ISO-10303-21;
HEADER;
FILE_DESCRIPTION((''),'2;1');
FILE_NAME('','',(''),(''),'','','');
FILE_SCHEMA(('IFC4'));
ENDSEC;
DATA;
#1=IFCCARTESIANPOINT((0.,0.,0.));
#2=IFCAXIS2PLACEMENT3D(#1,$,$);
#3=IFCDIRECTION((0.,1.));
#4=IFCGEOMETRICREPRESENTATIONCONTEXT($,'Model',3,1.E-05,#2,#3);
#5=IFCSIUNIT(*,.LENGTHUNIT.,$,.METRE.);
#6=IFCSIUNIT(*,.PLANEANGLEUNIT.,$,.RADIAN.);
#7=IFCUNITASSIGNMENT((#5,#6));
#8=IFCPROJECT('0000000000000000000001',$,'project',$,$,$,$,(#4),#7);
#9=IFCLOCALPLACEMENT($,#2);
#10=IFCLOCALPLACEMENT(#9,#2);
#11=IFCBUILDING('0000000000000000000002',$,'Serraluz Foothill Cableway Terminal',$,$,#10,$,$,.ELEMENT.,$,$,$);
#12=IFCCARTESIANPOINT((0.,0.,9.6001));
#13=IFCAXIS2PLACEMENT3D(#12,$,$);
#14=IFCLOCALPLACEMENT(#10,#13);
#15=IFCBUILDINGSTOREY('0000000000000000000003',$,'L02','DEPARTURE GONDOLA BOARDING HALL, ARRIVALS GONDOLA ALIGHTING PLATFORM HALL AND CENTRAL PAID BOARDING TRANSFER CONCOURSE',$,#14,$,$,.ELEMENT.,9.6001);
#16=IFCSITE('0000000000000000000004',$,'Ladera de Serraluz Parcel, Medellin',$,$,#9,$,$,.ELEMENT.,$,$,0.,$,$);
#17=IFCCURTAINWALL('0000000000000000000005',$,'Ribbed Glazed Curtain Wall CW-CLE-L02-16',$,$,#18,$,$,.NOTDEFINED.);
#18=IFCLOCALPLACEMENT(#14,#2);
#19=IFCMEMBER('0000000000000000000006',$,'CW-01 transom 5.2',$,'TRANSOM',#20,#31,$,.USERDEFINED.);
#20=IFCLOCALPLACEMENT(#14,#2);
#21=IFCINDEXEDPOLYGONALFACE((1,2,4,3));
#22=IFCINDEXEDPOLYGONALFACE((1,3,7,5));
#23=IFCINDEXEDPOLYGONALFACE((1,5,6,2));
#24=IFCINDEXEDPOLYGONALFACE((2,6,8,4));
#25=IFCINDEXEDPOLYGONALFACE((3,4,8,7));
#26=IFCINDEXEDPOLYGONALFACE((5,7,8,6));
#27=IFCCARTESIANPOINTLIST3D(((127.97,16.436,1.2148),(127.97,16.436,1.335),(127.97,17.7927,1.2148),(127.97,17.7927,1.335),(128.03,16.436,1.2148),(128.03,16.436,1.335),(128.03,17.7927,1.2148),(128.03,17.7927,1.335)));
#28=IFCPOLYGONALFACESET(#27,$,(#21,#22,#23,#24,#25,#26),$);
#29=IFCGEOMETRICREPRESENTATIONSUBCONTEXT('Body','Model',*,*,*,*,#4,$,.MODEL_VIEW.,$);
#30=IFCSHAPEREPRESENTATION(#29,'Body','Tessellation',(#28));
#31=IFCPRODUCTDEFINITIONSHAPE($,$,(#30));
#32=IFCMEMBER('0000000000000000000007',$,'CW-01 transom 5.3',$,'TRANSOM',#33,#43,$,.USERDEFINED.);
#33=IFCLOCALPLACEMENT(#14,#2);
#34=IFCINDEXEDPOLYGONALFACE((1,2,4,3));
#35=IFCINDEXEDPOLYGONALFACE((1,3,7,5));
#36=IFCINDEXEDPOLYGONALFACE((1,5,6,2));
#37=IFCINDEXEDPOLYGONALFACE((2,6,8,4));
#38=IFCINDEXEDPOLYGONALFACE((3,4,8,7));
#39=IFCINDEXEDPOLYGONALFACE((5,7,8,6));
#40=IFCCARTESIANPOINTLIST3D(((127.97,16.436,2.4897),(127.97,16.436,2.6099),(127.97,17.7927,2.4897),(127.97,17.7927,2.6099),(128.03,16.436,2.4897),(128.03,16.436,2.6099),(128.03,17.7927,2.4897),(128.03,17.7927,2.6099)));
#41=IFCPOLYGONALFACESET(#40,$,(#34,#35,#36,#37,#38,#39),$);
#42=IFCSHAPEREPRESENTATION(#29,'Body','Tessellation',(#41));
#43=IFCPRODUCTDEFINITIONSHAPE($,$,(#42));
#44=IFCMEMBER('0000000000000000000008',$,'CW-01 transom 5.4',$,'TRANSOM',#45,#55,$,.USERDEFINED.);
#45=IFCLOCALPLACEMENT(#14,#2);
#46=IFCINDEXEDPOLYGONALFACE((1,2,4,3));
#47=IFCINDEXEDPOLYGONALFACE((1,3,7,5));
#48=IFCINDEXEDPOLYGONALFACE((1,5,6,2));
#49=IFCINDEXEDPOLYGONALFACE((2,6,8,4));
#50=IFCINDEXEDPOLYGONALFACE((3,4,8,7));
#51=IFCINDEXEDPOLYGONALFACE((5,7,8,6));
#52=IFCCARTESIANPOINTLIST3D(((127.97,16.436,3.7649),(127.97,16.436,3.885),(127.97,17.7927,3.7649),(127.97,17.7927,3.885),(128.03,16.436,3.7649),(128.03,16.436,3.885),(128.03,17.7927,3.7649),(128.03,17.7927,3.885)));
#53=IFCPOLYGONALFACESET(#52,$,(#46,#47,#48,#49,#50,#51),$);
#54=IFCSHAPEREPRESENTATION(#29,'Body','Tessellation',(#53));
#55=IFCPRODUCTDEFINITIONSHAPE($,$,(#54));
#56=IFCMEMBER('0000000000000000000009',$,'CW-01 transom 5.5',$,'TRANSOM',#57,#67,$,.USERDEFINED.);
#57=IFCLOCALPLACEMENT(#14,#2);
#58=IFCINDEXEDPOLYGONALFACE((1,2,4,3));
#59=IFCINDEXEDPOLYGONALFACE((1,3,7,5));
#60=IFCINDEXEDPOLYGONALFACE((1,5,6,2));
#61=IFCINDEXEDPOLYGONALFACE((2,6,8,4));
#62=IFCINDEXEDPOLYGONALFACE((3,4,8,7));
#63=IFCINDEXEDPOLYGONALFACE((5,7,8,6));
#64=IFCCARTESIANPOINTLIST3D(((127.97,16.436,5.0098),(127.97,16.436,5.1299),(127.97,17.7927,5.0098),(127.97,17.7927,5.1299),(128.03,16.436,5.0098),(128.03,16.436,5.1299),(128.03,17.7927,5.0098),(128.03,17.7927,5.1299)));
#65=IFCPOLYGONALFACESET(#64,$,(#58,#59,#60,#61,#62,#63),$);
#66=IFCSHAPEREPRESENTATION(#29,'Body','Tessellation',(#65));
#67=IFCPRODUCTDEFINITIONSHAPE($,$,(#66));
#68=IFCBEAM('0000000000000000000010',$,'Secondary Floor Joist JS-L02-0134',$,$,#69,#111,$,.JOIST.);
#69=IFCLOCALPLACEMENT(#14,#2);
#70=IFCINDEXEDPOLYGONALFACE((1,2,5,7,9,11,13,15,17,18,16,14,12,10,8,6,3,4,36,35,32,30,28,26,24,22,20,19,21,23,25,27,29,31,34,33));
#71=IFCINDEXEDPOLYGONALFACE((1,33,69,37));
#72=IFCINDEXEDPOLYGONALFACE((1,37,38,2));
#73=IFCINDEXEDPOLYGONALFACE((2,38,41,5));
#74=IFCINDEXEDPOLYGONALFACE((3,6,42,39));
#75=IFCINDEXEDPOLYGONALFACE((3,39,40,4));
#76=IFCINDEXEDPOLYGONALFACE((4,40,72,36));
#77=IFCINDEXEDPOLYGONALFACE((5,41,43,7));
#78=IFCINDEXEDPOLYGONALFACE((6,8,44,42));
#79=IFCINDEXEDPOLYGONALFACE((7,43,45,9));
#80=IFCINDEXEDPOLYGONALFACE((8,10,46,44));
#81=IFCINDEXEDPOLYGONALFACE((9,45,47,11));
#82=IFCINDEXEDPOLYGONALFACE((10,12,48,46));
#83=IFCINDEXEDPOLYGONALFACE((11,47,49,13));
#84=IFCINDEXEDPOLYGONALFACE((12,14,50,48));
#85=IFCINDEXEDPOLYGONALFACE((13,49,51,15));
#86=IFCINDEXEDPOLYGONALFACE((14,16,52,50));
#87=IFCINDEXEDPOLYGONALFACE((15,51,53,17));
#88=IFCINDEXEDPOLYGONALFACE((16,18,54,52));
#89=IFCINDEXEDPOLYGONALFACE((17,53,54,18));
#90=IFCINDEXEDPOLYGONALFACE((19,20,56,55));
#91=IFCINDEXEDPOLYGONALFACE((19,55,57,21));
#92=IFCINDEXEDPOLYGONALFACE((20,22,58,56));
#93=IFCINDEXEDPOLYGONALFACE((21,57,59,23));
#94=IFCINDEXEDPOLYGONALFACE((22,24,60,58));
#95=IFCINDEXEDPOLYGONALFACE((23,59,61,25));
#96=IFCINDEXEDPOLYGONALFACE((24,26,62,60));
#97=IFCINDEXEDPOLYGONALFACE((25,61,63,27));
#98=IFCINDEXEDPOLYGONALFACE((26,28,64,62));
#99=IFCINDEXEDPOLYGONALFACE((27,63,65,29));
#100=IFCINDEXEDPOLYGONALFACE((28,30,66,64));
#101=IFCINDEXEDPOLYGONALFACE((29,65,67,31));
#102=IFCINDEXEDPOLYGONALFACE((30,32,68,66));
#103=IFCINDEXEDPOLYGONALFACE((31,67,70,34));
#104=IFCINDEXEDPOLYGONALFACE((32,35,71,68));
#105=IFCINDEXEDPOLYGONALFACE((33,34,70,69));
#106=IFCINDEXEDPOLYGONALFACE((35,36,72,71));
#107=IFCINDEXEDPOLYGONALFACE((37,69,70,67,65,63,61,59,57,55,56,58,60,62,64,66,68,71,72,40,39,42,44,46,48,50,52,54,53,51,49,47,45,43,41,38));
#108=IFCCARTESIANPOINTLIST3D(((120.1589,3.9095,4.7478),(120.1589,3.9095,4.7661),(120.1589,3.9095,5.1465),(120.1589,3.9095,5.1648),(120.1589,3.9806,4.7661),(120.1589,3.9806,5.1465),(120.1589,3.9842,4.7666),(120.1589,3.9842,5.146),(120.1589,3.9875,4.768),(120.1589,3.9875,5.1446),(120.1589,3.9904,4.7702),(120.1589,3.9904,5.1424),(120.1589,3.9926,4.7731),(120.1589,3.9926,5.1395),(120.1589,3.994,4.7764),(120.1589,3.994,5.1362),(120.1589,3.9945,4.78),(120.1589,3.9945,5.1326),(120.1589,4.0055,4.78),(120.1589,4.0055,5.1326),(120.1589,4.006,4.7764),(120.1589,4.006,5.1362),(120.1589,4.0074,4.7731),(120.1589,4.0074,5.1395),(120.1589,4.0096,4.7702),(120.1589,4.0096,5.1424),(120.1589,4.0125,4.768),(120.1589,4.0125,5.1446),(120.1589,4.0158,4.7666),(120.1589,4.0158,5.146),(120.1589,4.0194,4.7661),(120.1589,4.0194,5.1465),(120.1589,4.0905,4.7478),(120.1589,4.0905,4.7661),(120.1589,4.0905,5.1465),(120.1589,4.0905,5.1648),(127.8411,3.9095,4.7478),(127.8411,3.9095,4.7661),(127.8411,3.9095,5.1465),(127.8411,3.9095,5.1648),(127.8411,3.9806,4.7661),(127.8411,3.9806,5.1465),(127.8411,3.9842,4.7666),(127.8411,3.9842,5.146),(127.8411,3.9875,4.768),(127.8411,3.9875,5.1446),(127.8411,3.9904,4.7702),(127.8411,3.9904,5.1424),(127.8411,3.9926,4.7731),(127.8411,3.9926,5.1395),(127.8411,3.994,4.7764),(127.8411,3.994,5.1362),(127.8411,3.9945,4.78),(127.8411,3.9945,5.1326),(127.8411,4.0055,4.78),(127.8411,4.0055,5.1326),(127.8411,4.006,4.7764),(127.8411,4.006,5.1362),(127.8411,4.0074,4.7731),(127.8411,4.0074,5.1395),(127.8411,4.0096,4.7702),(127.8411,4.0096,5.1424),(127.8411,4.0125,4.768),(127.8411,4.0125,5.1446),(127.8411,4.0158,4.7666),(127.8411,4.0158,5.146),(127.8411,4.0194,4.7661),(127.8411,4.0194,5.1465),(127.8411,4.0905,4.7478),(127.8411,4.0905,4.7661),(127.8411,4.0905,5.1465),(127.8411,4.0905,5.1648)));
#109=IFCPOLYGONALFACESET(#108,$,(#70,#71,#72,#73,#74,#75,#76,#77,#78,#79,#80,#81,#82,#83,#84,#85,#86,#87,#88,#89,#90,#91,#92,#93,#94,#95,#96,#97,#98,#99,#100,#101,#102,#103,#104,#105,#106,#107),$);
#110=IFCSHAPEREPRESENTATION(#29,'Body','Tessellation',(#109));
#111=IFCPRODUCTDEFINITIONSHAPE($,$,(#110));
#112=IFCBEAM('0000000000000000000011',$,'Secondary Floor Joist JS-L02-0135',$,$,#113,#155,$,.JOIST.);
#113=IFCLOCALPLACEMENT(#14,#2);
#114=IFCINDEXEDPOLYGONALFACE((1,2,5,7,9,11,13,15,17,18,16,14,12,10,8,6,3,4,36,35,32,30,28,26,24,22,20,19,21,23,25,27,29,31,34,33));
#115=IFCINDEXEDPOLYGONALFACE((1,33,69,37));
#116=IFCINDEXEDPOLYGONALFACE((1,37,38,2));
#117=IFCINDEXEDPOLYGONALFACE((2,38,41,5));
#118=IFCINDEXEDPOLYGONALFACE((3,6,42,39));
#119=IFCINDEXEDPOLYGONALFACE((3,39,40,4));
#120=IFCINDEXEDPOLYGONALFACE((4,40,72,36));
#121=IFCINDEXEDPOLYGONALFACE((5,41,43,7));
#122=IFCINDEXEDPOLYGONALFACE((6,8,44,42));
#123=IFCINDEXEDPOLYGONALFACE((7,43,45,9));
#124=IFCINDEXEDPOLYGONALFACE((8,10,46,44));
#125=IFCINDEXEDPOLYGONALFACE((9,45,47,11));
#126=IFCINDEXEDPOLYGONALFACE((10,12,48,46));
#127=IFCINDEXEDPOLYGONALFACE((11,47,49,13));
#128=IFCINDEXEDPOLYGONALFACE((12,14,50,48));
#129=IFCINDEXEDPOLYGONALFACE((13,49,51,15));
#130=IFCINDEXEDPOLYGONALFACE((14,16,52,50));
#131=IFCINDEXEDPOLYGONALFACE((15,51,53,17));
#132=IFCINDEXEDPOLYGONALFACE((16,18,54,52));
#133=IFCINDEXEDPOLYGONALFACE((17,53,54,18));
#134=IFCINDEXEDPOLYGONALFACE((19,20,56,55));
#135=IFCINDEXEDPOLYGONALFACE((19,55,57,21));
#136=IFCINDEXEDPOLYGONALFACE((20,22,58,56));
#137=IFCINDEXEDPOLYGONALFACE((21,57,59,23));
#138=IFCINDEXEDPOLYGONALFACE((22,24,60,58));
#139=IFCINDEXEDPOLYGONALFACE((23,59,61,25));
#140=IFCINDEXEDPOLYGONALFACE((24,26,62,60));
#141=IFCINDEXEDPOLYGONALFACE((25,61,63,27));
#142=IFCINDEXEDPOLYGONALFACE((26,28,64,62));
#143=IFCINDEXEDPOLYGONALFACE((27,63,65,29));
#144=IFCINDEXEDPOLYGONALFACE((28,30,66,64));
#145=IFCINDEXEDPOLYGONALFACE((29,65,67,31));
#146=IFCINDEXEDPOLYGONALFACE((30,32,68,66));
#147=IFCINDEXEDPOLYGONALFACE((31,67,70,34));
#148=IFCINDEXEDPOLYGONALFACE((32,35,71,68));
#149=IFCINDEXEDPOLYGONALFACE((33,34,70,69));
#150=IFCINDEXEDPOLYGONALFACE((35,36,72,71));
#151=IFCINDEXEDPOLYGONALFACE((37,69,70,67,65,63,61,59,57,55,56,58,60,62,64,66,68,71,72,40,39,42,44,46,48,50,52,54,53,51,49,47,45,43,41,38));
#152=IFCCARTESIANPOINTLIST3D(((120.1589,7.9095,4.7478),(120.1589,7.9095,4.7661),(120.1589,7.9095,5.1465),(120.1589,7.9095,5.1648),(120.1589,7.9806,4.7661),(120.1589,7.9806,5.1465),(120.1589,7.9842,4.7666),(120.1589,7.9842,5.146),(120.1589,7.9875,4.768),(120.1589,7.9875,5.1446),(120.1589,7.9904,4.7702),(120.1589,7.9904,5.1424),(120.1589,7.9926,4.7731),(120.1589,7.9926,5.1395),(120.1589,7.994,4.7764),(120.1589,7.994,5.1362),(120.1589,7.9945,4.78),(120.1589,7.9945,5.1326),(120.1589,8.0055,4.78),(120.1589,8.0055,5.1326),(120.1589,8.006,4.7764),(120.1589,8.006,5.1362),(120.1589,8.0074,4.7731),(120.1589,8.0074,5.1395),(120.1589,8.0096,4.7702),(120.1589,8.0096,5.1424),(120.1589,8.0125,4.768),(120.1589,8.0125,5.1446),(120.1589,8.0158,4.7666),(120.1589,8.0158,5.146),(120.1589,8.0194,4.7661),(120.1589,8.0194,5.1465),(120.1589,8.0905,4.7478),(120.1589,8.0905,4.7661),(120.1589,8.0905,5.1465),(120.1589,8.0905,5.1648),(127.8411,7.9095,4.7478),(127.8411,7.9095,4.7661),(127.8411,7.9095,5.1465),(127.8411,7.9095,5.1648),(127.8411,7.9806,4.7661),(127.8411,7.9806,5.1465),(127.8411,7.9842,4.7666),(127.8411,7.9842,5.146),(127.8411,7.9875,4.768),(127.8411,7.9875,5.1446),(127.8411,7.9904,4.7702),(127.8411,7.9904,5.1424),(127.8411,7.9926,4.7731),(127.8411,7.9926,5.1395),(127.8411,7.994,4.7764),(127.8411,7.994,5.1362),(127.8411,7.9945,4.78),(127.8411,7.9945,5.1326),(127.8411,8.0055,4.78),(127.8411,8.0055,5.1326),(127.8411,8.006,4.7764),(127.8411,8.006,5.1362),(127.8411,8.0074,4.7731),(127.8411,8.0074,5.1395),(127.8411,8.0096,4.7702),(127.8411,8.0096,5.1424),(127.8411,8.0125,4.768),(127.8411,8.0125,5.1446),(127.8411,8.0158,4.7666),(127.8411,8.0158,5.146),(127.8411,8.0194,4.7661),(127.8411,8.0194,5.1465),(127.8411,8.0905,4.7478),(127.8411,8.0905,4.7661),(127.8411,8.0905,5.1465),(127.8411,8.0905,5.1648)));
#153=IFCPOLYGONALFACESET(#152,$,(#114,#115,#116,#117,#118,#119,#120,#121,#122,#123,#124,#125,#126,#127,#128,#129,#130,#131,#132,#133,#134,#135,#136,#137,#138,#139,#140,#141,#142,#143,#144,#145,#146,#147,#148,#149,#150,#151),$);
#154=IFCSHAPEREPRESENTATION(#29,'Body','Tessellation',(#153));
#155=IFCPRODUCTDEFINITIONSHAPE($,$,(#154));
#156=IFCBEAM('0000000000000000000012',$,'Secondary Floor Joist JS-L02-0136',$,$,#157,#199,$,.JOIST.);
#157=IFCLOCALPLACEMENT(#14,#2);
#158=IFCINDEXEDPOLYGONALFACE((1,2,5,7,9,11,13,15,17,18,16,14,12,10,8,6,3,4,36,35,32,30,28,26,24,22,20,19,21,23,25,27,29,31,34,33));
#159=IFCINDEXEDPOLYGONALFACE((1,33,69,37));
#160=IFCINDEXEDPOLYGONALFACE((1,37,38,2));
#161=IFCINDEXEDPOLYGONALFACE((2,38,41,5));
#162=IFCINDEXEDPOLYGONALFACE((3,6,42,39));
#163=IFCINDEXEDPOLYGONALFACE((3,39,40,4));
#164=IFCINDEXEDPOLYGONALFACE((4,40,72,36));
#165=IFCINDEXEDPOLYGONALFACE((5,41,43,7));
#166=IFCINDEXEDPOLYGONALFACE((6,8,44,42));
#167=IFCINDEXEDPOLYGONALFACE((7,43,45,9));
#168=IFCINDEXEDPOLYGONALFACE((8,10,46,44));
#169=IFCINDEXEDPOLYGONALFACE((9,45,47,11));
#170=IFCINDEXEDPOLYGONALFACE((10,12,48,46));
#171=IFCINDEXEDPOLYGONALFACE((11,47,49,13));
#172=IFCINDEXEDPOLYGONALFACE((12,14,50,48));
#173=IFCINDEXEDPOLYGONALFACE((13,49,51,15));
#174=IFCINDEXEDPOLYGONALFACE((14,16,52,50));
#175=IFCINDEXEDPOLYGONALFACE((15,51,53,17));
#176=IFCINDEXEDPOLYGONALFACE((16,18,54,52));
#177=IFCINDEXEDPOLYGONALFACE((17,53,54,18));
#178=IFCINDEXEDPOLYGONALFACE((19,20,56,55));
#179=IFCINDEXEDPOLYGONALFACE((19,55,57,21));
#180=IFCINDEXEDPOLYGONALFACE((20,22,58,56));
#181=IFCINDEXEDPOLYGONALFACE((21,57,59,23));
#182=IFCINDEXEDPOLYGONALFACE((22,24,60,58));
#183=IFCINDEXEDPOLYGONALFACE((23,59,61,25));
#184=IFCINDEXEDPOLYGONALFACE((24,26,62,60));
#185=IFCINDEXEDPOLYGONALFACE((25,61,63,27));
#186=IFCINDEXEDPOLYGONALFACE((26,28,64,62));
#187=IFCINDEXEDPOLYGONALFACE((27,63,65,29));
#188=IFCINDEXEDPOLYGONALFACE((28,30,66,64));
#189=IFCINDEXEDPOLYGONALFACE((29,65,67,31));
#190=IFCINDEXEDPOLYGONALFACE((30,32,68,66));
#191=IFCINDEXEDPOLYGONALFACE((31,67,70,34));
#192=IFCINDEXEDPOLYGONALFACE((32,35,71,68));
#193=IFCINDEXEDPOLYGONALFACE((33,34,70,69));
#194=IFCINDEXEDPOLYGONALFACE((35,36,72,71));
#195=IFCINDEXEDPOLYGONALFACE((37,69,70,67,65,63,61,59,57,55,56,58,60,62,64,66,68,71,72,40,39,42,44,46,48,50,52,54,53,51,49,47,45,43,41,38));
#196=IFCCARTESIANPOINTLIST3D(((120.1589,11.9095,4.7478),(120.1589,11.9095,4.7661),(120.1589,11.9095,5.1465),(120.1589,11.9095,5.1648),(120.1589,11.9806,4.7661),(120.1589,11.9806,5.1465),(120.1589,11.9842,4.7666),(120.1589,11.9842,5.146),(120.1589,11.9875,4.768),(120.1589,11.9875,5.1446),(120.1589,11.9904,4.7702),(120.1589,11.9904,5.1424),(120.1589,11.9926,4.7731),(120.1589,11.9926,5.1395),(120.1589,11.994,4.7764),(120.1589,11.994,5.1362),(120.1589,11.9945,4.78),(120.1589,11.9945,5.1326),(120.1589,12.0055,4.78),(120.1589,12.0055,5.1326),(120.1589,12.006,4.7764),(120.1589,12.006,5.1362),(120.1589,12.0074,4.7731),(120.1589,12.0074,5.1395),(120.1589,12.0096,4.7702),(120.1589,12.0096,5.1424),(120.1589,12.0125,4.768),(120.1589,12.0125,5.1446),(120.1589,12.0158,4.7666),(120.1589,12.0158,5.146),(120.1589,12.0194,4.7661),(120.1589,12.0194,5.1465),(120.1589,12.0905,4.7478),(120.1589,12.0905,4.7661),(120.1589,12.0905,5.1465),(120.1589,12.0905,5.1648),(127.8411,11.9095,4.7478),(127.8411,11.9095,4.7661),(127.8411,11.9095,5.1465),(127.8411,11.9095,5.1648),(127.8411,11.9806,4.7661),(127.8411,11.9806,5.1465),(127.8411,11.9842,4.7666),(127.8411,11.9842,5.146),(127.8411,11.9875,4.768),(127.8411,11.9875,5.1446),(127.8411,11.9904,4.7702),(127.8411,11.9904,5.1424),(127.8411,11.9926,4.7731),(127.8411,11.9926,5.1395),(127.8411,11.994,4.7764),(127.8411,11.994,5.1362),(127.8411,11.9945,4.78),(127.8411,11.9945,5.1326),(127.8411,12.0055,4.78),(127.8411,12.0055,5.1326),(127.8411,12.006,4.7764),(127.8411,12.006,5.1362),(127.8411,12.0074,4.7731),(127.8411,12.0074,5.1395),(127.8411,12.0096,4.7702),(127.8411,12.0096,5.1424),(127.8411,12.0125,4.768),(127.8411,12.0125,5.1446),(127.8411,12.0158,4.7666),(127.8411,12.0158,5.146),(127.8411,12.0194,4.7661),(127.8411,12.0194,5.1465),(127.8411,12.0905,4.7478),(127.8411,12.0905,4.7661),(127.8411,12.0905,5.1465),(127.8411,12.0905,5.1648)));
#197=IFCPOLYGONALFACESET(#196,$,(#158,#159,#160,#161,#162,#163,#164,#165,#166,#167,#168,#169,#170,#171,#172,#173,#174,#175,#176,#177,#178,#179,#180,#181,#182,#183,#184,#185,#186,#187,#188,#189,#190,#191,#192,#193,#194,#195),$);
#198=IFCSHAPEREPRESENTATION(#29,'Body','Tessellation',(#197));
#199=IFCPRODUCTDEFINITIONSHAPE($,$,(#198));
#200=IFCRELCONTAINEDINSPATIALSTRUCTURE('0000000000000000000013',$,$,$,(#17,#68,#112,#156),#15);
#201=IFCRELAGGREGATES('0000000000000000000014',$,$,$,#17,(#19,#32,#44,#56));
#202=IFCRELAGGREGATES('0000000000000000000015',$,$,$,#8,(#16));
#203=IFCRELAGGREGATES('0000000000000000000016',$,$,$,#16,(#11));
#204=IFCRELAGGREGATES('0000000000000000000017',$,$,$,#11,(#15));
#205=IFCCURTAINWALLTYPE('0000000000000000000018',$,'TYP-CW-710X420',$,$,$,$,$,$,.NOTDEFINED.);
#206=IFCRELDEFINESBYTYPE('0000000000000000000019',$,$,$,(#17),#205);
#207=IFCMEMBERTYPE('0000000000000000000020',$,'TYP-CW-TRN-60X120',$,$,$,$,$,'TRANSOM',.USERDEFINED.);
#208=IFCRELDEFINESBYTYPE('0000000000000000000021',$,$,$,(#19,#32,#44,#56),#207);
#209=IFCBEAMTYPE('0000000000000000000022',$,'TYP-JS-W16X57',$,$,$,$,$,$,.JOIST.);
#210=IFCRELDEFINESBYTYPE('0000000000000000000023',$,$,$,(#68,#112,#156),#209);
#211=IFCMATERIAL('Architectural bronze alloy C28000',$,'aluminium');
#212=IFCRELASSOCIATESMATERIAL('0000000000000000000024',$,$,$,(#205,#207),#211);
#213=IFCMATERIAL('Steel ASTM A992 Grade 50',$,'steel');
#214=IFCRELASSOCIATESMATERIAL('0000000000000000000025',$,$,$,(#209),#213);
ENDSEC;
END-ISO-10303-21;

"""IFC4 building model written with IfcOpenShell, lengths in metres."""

from ifc_helpers import new_model, si_unit, direction, frame, origin, origin_2d, place, context, subcontext, project, spatial, rectangle, i_section, extrude, material, material_profile, profile_set, type_object, element, aggregate, save


model = new_model("IFC4")

# Units and contexts
model_context = context("Model", 3, precision=1e-05, world=origin(), true_north=direction((0.0, 1.0)))
body_context = subcontext(model_context, "Body", "Model", "MODEL_VIEW")
ifc_project = project(units=[si_unit("LENGTHUNIT", "METRE"), si_unit("PLANEANGLEUNIT", "RADIAN")], contexts=[model_context])

# Site, building, storey
site_placement = place(None, origin())
site = spatial("IfcSite", under=ifc_project, at=site_placement, Name="Ladera de Serraluz Parcel, Medellin", CompositionType="ELEMENT", RefElevation=0.0)
building_placement = place(site_placement, origin())
building = spatial("IfcBuilding", under=site, at=building_placement, Name="Serraluz Foothill Cableway Terminal", CompositionType="ELEMENT")
storey_placement = place(building_placement, frame((0.0, 0.0, 9.6001)))
storey = spatial("IfcBuildingStorey", under=building, at=storey_placement, Name="L02", Description="DEPARTURE GONDOLA BOARDING HALL, ARRIVALS GONDOLA ALIGHTING PLATFORM HALL AND CENTRAL PAID BOARDING TRANSFER CONCOURSE", CompositionType="ELEMENT", Elevation=9.6001)

# Shared definitions
ifc_material_1 = material(Name="Steel ASTM A992 Grade 50", Category="steel")

# Curtain wall, members
ifc_material_2 = material(Name="Architectural bronze alloy C28000", Category="aluminium")
curtain_wall_type = type_object("IfcCurtainWallType", Name="TYP-CW-710X420", PredefinedType="NOTDEFINED", material=ifc_material_2)
curtain_wall_placement = place(storey_placement, origin())
curtain_wall = element("IfcCurtainWall", 1, at=curtain_wall_placement, inside=storey, type_object=curtain_wall_type, Name="Ribbed Glazed Curtain Wall CW-CLE-L02-16", PredefinedType="NOTDEFINED")
ifc_material_profile_1 = material_profile(ifc_material_2, rectangle(XDim=0.0601, YDim=0.1201, at=origin_2d()), Name="ALU TRANSOM 60x120")
ifc_profile_set_1 = profile_set([ifc_material_profile_1], Name="Architectural bronze alloy C28000")
member_type_1 = type_object("IfcMemberType", Name="TYP-CW-TRN-60X120", ElementType="TRANSOM", PredefinedType="USERDEFINED", material=ifc_profile_set_1)
member_1_placement = place(storey_placement, frame((128.0, 17.7927, 1.2749), z_axis=(0.0, -1.0, 0.0), x_axis=(1.0, 0.0, 0.0)))
member_1 = element("IfcMember", 2, at=member_1_placement, type_object=member_type_1, Name="CW-01 transom 5.2", ObjectType="TRANSOM", PredefinedType="USERDEFINED", context=body_context, shape_type="SweptSolid", body=[
    extrude(rectangle(XDim=0.0601, YDim=0.1201, at=origin_2d()), origin(), (0.0, 0.0, 1.0), 1.3567),
])
member_2_placement = place(storey_placement, frame((128.0, 17.7927, 2.5498), z_axis=(0.0, -1.0, 0.0), x_axis=(1.0, 0.0, 0.0)))
member_2 = element("IfcMember", 3, at=member_2_placement, type_object=member_type_1, Name="CW-01 transom 5.3", ObjectType="TRANSOM", PredefinedType="USERDEFINED", context=body_context, shape_type="SweptSolid", body=[
    extrude(rectangle(XDim=0.0601, YDim=0.1201, at=origin_2d()), origin(), (0.0, 0.0, 1.0), 1.3567),
])
member_3_placement = place(storey_placement, frame((128.0, 17.7927, 3.825), z_axis=(0.0, -1.0, 0.0), x_axis=(1.0, 0.0, 0.0)))
member_3 = element("IfcMember", 4, at=member_3_placement, type_object=member_type_1, Name="CW-01 transom 5.4", ObjectType="TRANSOM", PredefinedType="USERDEFINED", context=body_context, shape_type="SweptSolid", body=[
    extrude(rectangle(XDim=0.0601, YDim=0.1201, at=origin_2d()), origin(), (0.0, 0.0, 1.0), 1.3567),
])
member_4_placement = place(storey_placement, frame((128.0, 17.7927, 5.0698), z_axis=(0.0, -1.0, 0.0), x_axis=(1.0, 0.0, 0.0)))
member_4 = element("IfcMember", 5, at=member_4_placement, type_object=member_type_1, Name="CW-01 transom 5.5", ObjectType="TRANSOM", PredefinedType="USERDEFINED", context=body_context, shape_type="SweptSolid", body=[
    extrude(rectangle(XDim=0.0601, YDim=0.1201, at=origin_2d()), origin(), (0.0, 0.0, 1.0), 1.3567),
])

# Beams
ifc_material_profile_2 = material_profile(ifc_material_1, i_section(OverallWidth=0.1809, OverallDepth=0.417, WebThickness=0.011, FlangeThickness=0.0183, FilletRadius=0.0139, at=origin_2d()), Name="W16X57")
ifc_profile_set_2 = profile_set([ifc_material_profile_2], Name="Steel ASTM A992 Grade 50")
beam_type_1 = type_object("IfcBeamType", Name="TYP-JS-W16X57", PredefinedType="JOIST", material=ifc_profile_set_2)
for number, where, z_axis, x_axis, name in (
    (6, (120.1589, 4.0, 4.9563), (1.0, 0.0, 0.0), (0.0, 1.0, 0.0), "Secondary Floor Joist JS-L02-0134"),
    (7, (120.1589, 8.0, 4.9563), (1.0, 0.0, 0.0), (0.0, 1.0, 0.0), "Secondary Floor Joist JS-L02-0135"),
    (8, (120.1589, 12.0, 4.9563), (1.0, 0.0, 0.0), (0.0, 1.0, 0.0), "Secondary Floor Joist JS-L02-0136"),
):
    element("IfcBeam", number, at=place(storey_placement, frame(where, z_axis=z_axis, x_axis=x_axis)), inside=storey, type_object=beam_type_1, Name=name, PredefinedType="JOIST", context=body_context, shape_type="SweptSolid", body=[
        extrude(i_section(OverallWidth=0.1809, OverallDepth=0.417, WebThickness=0.011, FlangeThickness=0.0183, FilletRadius=0.0139, at=origin_2d()), origin(), (0.0, 0.0, 1.0), 7.6821),
    ])

aggregate(curtain_wall, [member_1, member_2, member_3, member_4])

save(model, "model.ifc")
